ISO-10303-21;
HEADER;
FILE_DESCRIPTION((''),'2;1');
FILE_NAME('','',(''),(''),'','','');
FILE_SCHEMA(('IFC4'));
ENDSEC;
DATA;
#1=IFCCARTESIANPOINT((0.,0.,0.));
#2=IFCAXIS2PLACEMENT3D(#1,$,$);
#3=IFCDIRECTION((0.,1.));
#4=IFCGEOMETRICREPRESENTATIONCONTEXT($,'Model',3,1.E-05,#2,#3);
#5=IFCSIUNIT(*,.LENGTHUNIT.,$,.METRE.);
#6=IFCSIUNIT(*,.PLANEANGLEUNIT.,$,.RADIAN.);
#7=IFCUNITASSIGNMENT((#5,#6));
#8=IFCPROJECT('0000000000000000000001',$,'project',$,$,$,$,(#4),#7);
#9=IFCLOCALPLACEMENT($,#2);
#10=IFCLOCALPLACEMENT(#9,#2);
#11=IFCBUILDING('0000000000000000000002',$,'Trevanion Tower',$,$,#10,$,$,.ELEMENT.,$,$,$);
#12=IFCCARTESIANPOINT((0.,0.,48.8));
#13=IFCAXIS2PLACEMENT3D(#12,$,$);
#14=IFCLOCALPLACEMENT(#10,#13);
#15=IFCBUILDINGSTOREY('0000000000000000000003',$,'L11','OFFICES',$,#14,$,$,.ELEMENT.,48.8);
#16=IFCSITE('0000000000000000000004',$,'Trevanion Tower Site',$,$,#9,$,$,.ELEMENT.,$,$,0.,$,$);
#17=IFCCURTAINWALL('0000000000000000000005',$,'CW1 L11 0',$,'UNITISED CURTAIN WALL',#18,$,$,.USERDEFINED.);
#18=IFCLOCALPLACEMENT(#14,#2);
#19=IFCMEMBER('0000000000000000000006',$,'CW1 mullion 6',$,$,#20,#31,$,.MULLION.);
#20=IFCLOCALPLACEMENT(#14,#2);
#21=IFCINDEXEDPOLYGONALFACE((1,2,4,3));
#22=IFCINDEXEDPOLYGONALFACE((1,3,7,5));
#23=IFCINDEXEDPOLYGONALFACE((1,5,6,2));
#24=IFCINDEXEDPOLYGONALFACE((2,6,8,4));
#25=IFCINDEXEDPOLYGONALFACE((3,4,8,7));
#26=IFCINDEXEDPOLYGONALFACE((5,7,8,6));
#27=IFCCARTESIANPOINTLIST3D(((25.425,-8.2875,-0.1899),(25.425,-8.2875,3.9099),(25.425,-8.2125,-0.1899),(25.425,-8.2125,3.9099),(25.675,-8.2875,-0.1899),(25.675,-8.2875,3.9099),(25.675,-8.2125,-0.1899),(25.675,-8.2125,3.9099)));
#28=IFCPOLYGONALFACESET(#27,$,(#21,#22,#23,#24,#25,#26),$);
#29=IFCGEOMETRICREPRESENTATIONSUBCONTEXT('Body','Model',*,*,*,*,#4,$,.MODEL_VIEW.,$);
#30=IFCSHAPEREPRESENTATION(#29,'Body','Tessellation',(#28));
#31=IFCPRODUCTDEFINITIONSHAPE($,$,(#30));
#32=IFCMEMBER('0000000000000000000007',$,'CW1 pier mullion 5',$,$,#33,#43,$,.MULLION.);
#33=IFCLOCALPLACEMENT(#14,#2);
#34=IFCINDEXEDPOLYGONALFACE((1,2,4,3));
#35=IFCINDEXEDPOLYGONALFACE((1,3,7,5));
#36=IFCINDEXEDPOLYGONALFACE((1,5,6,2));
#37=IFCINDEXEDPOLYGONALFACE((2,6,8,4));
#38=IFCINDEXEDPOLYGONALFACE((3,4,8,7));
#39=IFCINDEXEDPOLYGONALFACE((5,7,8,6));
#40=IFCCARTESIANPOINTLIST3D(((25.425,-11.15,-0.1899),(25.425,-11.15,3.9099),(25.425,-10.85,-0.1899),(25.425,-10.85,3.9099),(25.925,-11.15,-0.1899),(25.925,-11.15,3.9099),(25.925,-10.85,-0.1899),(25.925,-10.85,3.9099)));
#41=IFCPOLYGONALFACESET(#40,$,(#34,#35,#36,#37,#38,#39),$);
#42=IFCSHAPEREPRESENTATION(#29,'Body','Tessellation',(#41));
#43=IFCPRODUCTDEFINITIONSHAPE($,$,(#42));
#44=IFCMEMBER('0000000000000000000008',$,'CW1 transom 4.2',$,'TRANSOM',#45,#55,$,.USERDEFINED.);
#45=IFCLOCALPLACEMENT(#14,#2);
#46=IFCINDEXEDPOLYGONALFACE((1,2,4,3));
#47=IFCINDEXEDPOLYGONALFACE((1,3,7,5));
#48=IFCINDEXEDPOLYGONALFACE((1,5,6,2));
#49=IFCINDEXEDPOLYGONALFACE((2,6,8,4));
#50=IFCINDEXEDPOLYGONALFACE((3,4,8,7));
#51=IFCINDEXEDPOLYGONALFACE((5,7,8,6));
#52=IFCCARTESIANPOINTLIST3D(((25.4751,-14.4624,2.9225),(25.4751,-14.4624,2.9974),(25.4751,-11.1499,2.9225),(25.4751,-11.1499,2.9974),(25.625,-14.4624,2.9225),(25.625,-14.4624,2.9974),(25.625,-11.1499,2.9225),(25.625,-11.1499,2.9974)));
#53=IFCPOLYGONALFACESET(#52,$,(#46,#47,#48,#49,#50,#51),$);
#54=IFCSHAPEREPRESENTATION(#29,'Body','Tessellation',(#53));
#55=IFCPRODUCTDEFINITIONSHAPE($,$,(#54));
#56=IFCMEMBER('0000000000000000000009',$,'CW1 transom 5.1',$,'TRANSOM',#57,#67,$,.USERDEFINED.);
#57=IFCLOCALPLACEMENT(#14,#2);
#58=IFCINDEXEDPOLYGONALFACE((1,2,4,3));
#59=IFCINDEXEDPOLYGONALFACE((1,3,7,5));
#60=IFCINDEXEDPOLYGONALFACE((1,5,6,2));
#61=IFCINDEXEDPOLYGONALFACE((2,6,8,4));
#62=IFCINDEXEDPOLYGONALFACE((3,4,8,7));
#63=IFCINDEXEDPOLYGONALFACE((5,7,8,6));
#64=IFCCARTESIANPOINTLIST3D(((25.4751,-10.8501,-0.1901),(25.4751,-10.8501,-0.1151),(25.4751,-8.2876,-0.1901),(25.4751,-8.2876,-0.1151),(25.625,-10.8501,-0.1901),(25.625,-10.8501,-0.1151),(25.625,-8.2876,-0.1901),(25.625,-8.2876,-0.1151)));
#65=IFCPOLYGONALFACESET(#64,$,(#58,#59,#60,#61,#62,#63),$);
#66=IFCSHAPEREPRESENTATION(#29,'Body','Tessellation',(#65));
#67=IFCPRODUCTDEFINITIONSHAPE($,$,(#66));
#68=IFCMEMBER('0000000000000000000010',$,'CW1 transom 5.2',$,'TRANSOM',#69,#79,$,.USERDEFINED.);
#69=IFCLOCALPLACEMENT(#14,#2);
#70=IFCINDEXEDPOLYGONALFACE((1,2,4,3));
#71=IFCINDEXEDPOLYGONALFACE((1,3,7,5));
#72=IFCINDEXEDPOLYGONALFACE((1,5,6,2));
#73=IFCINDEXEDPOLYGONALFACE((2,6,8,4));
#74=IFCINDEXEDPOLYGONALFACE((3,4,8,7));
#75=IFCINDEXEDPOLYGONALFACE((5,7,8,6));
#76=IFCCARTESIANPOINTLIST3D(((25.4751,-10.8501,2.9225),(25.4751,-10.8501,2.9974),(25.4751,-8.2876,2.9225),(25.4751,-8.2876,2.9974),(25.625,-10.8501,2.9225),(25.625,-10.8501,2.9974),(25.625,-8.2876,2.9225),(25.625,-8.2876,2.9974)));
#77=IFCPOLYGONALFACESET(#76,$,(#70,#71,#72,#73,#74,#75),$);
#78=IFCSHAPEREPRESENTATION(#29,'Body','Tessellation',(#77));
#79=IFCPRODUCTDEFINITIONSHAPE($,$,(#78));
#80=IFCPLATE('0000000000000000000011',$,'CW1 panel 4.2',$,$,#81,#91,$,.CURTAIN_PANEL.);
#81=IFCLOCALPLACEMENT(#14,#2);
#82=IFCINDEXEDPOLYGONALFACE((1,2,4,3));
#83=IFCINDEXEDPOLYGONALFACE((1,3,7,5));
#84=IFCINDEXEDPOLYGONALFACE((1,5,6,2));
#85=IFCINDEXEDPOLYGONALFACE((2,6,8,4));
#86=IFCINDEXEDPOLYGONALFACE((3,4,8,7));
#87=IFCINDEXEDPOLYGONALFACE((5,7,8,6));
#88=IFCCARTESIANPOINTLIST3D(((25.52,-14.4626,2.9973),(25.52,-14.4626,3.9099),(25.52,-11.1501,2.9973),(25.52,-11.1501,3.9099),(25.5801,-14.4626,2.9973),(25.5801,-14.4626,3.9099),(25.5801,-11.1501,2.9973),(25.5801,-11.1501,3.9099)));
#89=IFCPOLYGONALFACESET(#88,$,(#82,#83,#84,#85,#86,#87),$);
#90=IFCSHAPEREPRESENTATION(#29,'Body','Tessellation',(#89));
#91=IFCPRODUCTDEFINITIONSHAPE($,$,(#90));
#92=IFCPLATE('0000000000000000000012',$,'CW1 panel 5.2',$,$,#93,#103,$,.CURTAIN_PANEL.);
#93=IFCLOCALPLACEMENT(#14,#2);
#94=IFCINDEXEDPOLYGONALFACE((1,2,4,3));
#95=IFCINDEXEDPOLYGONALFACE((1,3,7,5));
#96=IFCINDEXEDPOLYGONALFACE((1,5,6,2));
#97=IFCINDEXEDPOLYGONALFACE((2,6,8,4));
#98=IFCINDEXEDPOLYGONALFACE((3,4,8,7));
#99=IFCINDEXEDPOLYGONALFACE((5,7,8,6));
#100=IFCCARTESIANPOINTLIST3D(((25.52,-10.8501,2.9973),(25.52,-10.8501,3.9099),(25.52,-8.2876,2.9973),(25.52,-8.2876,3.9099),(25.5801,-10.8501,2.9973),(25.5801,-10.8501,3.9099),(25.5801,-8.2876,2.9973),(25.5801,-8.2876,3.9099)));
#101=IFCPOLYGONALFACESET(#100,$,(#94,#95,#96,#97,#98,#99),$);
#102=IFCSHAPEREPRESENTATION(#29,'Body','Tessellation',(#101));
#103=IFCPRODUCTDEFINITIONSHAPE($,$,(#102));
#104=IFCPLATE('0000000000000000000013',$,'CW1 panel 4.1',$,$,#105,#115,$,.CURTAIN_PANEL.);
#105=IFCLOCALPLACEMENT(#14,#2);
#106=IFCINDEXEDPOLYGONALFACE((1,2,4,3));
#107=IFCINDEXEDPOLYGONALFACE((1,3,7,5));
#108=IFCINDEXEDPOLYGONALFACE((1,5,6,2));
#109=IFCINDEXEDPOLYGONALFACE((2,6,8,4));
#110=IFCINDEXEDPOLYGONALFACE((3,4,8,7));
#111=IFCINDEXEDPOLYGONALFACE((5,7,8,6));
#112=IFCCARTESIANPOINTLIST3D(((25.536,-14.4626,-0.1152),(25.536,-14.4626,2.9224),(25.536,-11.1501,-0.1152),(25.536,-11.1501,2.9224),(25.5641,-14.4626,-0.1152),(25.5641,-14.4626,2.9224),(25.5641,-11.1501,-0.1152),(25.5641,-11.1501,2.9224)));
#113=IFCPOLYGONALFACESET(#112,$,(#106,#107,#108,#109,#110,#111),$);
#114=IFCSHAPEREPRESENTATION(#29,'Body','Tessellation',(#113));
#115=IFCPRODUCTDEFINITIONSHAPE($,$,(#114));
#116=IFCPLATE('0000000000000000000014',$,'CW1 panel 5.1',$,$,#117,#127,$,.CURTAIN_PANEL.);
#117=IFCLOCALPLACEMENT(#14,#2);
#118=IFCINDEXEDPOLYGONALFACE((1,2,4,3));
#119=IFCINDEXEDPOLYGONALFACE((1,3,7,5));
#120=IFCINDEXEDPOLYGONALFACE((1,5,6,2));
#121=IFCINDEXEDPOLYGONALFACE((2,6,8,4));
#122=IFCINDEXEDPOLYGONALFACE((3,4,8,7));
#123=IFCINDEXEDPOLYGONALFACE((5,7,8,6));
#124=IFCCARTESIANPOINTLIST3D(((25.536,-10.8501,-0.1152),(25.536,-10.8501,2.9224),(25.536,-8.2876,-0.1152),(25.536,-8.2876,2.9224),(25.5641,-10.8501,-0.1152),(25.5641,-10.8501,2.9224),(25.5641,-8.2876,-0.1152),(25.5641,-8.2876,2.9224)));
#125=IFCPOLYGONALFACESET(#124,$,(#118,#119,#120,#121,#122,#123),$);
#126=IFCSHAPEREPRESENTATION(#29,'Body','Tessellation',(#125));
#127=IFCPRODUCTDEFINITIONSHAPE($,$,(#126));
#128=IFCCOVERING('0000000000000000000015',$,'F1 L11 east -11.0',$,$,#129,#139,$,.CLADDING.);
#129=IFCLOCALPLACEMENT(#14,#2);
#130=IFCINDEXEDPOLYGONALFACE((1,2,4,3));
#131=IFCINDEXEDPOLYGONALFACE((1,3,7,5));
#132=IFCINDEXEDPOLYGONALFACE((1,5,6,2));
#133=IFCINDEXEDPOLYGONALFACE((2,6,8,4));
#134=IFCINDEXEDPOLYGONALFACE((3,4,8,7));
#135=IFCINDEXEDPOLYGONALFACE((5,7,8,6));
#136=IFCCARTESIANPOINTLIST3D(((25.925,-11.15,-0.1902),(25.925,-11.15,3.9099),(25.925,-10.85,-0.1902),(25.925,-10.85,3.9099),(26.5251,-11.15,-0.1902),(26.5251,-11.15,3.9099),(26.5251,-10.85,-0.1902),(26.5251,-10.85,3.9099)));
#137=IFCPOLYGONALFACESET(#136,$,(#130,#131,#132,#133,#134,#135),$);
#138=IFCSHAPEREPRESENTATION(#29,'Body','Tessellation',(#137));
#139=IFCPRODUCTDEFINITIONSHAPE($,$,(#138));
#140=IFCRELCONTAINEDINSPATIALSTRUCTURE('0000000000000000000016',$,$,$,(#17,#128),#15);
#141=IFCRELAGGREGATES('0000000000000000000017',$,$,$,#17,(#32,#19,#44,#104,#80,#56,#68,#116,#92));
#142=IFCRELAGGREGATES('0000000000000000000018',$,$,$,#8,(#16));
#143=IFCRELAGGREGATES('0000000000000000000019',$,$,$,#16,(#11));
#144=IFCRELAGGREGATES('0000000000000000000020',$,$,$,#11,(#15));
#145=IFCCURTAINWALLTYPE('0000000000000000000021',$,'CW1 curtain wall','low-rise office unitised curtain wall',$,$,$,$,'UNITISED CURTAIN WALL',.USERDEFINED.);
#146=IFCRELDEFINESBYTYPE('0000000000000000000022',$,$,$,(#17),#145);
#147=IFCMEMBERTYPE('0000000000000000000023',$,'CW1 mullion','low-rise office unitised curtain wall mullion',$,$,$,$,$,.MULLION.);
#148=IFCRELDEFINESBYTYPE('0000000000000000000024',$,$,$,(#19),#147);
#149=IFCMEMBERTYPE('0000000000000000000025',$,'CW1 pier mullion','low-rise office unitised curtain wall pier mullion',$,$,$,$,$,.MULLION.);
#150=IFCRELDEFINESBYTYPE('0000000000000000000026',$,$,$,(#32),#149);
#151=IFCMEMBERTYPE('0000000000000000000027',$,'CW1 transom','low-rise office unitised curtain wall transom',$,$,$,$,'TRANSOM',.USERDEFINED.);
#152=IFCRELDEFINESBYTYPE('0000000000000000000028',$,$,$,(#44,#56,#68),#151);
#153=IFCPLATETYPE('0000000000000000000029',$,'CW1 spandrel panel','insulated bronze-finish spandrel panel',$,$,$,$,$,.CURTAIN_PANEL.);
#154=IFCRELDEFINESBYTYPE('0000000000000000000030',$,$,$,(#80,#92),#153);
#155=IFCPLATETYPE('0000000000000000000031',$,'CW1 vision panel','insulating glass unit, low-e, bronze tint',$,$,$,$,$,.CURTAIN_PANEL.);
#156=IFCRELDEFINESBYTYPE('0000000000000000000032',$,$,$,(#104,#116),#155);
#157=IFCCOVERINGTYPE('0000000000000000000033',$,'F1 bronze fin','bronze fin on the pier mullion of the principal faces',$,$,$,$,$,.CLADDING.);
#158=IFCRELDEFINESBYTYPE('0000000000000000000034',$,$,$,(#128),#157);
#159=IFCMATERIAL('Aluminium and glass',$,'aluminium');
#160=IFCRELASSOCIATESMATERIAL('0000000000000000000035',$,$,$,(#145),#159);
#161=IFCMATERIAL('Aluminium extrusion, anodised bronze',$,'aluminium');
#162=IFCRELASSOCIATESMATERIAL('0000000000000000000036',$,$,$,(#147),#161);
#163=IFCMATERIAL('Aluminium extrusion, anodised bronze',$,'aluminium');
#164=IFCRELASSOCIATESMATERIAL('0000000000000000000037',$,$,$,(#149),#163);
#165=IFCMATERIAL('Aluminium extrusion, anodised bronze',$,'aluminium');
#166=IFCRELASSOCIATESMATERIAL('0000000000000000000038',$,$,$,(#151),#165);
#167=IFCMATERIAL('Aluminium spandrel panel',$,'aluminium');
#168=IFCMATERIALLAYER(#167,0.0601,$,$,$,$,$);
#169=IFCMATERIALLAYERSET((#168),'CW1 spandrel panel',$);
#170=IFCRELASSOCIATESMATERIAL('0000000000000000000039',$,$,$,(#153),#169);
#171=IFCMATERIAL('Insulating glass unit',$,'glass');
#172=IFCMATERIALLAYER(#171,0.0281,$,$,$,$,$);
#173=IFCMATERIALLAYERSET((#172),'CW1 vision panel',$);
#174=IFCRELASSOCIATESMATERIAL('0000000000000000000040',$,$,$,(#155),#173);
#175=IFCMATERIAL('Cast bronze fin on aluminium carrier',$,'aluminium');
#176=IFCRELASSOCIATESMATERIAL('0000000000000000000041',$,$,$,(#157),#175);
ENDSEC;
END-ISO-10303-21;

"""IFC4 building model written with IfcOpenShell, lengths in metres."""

from ifc_helpers import new_model, si_unit, direction, frame, origin, origin_2d, place, context, subcontext, project, spatial, rectangle, extrude, material, layer, layer_set, material_profile, profile_set, type_object, element, aggregate, save


model = new_model("IFC4")

# Units and contexts
model_context = context("Model", 3, precision=1e-05, world=origin(), true_north=direction((0.0, 1.0)))
body_context = subcontext(model_context, "Body", "Model", "MODEL_VIEW")
ifc_project = project(units=[si_unit("LENGTHUNIT", "METRE"), si_unit("PLANEANGLEUNIT", "RADIAN")], contexts=[model_context])

# Site, building, storey
site_placement = place(None, origin())
site = spatial("IfcSite", under=ifc_project, at=site_placement, Name="Trevanion Tower Site", CompositionType="ELEMENT", RefElevation=0.0)
building_placement = place(site_placement, origin())
building = spatial("IfcBuilding", under=site, at=building_placement, Name="Trevanion Tower", CompositionType="ELEMENT")
storey_placement = place(building_placement, frame((0.0, 0.0, 48.8)))
storey = spatial("IfcBuildingStorey", under=building, at=storey_placement, Name="L11", Description="OFFICES", CompositionType="ELEMENT", Elevation=48.8)

# Curtain wall, members, plates
ifc_material_1 = material(Name="Aluminium and glass", Category="aluminium")
curtain_wall_type = type_object("IfcCurtainWallType", Name="CW1 curtain wall", Description="low-rise office unitised curtain wall", ElementType="UNITISED CURTAIN WALL", PredefinedType="USERDEFINED", material=ifc_material_1)
curtain_wall_placement = place(storey_placement, origin())
curtain_wall = element("IfcCurtainWall", 1, at=curtain_wall_placement, inside=storey, type_object=curtain_wall_type, Name="CW1 L11 0", ObjectType="UNITISED CURTAIN WALL", PredefinedType="USERDEFINED")
ifc_material_2 = material(Name="Aluminium extrusion, anodised bronze", Category="aluminium")
ifc_material_profile_1 = material_profile(ifc_material_2, rectangle(XDim=0.075, YDim=0.25, at=origin_2d()), Name="CW1 mullion")
ifc_profile_set_1 = profile_set([ifc_material_profile_1], Name="Aluminium extrusion, anodised bronze")
member_type_1 = type_object("IfcMemberType", Name="CW1 mullion", Description="low-rise office unitised curtain wall mullion", PredefinedType="MULLION", material=ifc_profile_set_1)
member_1_placement = place(storey_placement, frame((25.55, -8.25, -0.1899), z_axis=(0.0, 0.0, 1.0), x_axis=(0.0, 1.0, 0.0)))
member_1 = element("IfcMember", 2, at=member_1_placement, type_object=member_type_1, Name="CW1 mullion 6", PredefinedType="MULLION", context=body_context, shape_type="SweptSolid", body=[
    extrude(rectangle(XDim=0.075, YDim=0.25, at=origin_2d()), origin(), (0.0, 0.0, 1.0), 4.0999),
])
ifc_material_3 = material(Name="Aluminium extrusion, anodised bronze", Category="aluminium")
ifc_material_profile_2 = material_profile(ifc_material_3, rectangle(XDim=0.3, YDim=0.5, at=origin_2d()), Name="CW1 pier mullion")
ifc_profile_set_2 = profile_set([ifc_material_profile_2], Name="Aluminium extrusion, anodised bronze")
member_type_2 = type_object("IfcMemberType", Name="CW1 pier mullion", Description="low-rise office unitised curtain wall pier mullion", PredefinedType="MULLION", material=ifc_profile_set_2)
member_2_placement = place(storey_placement, frame((25.675, -11.0, -0.1899), z_axis=(0.0, 0.0, 1.0), x_axis=(0.0, 1.0, 0.0)))
member_2 = element("IfcMember", 3, at=member_2_placement, type_object=member_type_2, Name="CW1 pier mullion 5", PredefinedType="MULLION", context=body_context, shape_type="SweptSolid", body=[
    extrude(rectangle(XDim=0.3, YDim=0.5, at=origin_2d()), origin(), (0.0, 0.0, 1.0), 4.0999),
])
ifc_material_4 = material(Name="Aluminium extrusion, anodised bronze", Category="aluminium")
ifc_material_profile_3 = material_profile(ifc_material_4, rectangle(XDim=0.1499, YDim=0.075, at=origin_2d()), Name="CW1 transom")
ifc_profile_set_3 = profile_set([ifc_material_profile_3], Name="Aluminium extrusion, anodised bronze")
member_type_3 = type_object("IfcMemberType", Name="CW1 transom", Description="low-rise office unitised curtain wall transom", ElementType="TRANSOM", PredefinedType="USERDEFINED", material=ifc_profile_set_3)
member_3_placement = place(storey_placement, frame((25.55, -14.4624, 2.96), z_axis=(0.0, 1.0, 0.0), x_axis=(-1.0, 0.0, 0.0)))
member_3 = element("IfcMember", 4, at=member_3_placement, type_object=member_type_3, Name="CW1 transom 4.2", ObjectType="TRANSOM", PredefinedType="USERDEFINED", context=body_context, shape_type="SweptSolid", body=[
    extrude(rectangle(XDim=0.1499, YDim=0.075, at=origin_2d()), origin(), (0.0, 0.0, 1.0), 3.3125),
])
member_4_placement = place(storey_placement, frame((25.55, -10.8501, -0.1526), z_axis=(0.0, 1.0, 0.0), x_axis=(-1.0, 0.0, 0.0)))
member_4 = element("IfcMember", 5, at=member_4_placement, type_object=member_type_3, Name="CW1 transom 5.1", ObjectType="TRANSOM", PredefinedType="USERDEFINED", context=body_context, shape_type="SweptSolid", body=[
    extrude(rectangle(XDim=0.1499, YDim=0.075, at=origin_2d()), origin(), (0.0, 0.0, 1.0), 2.5625),
])
member_5_placement = place(storey_placement, frame((25.55, -10.8501, 2.96), z_axis=(0.0, 1.0, 0.0), x_axis=(-1.0, 0.0, 0.0)))
member_5 = element("IfcMember", 6, at=member_5_placement, type_object=member_type_3, Name="CW1 transom 5.2", ObjectType="TRANSOM", PredefinedType="USERDEFINED", context=body_context, shape_type="SweptSolid", body=[
    extrude(rectangle(XDim=0.1499, YDim=0.075, at=origin_2d()), origin(), (0.0, 0.0, 1.0), 2.5625),
])
ifc_material_5 = material(Name="Aluminium spandrel panel", Category="aluminium")
ifc_layer_1 = layer(ifc_material_5, 0.0601)
ifc_layer_set_1 = layer_set([ifc_layer_1], Name="CW1 spandrel panel")
plate_type_1 = type_object("IfcPlateType", Name="CW1 spandrel panel", Description="insulated bronze-finish spandrel panel", PredefinedType="CURTAIN_PANEL", material=ifc_layer_set_1)
plate_1_placement = place(storey_placement, frame((25.55, -12.8064, 2.9973), z_axis=(0.0, 0.0, 1.0), x_axis=(0.0, 1.0, 0.0)))
plate_1 = element("IfcPlate", 7, at=plate_1_placement, type_object=plate_type_1, Name="CW1 panel 4.2", PredefinedType="CURTAIN_PANEL", context=body_context, shape_type="SweptSolid", body=[
    extrude(rectangle(XDim=3.3125, YDim=0.0601, at=origin_2d()), origin(), (0.0, 0.0, 1.0), 0.9126),
])
plate_2_placement = place(storey_placement, frame((25.55, -9.5688, 2.9973), z_axis=(0.0, 0.0, 1.0), x_axis=(0.0, 1.0, 0.0)))
plate_2 = element("IfcPlate", 8, at=plate_2_placement, type_object=plate_type_1, Name="CW1 panel 5.2", PredefinedType="CURTAIN_PANEL", context=body_context, shape_type="SweptSolid", body=[
    extrude(rectangle(XDim=2.5625, YDim=0.0601, at=origin_2d()), origin(), (0.0, 0.0, 1.0), 0.9126),
])
ifc_material_6 = material(Name="Insulating glass unit", Category="glass")
ifc_layer_2 = layer(ifc_material_6, 0.0281)
ifc_layer_set_2 = layer_set([ifc_layer_2], Name="CW1 vision panel")
plate_type_2 = type_object("IfcPlateType", Name="CW1 vision panel", Description="insulating glass unit, low-e, bronze tint", PredefinedType="CURTAIN_PANEL", material=ifc_layer_set_2)
plate_3_placement = place(storey_placement, frame((25.55, -12.8064, -0.1152), z_axis=(0.0, 0.0, 1.0), x_axis=(0.0, 1.0, 0.0)))
plate_3 = element("IfcPlate", 9, at=plate_3_placement, type_object=plate_type_2, Name="CW1 panel 4.1", PredefinedType="CURTAIN_PANEL", context=body_context, shape_type="SweptSolid", body=[
    extrude(rectangle(XDim=3.3125, YDim=0.0281, at=origin_2d()), origin(), (0.0, 0.0, 1.0), 3.0376),
])
plate_4_placement = place(storey_placement, frame((25.55, -9.5688, -0.1152), z_axis=(0.0, 0.0, 1.0), x_axis=(0.0, 1.0, 0.0)))
plate_4 = element("IfcPlate", 10, at=plate_4_placement, type_object=plate_type_2, Name="CW1 panel 5.1", PredefinedType="CURTAIN_PANEL", context=body_context, shape_type="SweptSolid", body=[
    extrude(rectangle(XDim=2.5625, YDim=0.0281, at=origin_2d()), origin(), (0.0, 0.0, 1.0), 3.0376),
])
aggregate(curtain_wall, [member_2, member_1, member_3, plate_3, plate_1, member_4, member_5, plate_4, plate_2])

# Covering
ifc_material_7 = material(Name="Cast bronze fin on aluminium carrier", Category="aluminium")
covering_type = type_object("IfcCoveringType", Name="F1 bronze fin", Description="bronze fin on the pier mullion of the principal faces", PredefinedType="CLADDING", material=ifc_material_7)
covering_placement = place(storey_placement, frame((26.2251, -11.0, -0.1902), z_axis=(0.0, 0.0, 1.0), x_axis=(0.0, 1.0, 0.0)))
element("IfcCovering", 11, at=covering_placement, inside=storey, type_object=covering_type, Name="F1 L11 east -11.0", PredefinedType="CLADDING", context=body_context, shape_type="SweptSolid", body=[
    extrude(rectangle(XDim=0.3, YDim=0.6001, at=origin_2d()), origin(), (0.0, 0.0, 1.0), 4.1001),
])

save(model, "model.ifc")
